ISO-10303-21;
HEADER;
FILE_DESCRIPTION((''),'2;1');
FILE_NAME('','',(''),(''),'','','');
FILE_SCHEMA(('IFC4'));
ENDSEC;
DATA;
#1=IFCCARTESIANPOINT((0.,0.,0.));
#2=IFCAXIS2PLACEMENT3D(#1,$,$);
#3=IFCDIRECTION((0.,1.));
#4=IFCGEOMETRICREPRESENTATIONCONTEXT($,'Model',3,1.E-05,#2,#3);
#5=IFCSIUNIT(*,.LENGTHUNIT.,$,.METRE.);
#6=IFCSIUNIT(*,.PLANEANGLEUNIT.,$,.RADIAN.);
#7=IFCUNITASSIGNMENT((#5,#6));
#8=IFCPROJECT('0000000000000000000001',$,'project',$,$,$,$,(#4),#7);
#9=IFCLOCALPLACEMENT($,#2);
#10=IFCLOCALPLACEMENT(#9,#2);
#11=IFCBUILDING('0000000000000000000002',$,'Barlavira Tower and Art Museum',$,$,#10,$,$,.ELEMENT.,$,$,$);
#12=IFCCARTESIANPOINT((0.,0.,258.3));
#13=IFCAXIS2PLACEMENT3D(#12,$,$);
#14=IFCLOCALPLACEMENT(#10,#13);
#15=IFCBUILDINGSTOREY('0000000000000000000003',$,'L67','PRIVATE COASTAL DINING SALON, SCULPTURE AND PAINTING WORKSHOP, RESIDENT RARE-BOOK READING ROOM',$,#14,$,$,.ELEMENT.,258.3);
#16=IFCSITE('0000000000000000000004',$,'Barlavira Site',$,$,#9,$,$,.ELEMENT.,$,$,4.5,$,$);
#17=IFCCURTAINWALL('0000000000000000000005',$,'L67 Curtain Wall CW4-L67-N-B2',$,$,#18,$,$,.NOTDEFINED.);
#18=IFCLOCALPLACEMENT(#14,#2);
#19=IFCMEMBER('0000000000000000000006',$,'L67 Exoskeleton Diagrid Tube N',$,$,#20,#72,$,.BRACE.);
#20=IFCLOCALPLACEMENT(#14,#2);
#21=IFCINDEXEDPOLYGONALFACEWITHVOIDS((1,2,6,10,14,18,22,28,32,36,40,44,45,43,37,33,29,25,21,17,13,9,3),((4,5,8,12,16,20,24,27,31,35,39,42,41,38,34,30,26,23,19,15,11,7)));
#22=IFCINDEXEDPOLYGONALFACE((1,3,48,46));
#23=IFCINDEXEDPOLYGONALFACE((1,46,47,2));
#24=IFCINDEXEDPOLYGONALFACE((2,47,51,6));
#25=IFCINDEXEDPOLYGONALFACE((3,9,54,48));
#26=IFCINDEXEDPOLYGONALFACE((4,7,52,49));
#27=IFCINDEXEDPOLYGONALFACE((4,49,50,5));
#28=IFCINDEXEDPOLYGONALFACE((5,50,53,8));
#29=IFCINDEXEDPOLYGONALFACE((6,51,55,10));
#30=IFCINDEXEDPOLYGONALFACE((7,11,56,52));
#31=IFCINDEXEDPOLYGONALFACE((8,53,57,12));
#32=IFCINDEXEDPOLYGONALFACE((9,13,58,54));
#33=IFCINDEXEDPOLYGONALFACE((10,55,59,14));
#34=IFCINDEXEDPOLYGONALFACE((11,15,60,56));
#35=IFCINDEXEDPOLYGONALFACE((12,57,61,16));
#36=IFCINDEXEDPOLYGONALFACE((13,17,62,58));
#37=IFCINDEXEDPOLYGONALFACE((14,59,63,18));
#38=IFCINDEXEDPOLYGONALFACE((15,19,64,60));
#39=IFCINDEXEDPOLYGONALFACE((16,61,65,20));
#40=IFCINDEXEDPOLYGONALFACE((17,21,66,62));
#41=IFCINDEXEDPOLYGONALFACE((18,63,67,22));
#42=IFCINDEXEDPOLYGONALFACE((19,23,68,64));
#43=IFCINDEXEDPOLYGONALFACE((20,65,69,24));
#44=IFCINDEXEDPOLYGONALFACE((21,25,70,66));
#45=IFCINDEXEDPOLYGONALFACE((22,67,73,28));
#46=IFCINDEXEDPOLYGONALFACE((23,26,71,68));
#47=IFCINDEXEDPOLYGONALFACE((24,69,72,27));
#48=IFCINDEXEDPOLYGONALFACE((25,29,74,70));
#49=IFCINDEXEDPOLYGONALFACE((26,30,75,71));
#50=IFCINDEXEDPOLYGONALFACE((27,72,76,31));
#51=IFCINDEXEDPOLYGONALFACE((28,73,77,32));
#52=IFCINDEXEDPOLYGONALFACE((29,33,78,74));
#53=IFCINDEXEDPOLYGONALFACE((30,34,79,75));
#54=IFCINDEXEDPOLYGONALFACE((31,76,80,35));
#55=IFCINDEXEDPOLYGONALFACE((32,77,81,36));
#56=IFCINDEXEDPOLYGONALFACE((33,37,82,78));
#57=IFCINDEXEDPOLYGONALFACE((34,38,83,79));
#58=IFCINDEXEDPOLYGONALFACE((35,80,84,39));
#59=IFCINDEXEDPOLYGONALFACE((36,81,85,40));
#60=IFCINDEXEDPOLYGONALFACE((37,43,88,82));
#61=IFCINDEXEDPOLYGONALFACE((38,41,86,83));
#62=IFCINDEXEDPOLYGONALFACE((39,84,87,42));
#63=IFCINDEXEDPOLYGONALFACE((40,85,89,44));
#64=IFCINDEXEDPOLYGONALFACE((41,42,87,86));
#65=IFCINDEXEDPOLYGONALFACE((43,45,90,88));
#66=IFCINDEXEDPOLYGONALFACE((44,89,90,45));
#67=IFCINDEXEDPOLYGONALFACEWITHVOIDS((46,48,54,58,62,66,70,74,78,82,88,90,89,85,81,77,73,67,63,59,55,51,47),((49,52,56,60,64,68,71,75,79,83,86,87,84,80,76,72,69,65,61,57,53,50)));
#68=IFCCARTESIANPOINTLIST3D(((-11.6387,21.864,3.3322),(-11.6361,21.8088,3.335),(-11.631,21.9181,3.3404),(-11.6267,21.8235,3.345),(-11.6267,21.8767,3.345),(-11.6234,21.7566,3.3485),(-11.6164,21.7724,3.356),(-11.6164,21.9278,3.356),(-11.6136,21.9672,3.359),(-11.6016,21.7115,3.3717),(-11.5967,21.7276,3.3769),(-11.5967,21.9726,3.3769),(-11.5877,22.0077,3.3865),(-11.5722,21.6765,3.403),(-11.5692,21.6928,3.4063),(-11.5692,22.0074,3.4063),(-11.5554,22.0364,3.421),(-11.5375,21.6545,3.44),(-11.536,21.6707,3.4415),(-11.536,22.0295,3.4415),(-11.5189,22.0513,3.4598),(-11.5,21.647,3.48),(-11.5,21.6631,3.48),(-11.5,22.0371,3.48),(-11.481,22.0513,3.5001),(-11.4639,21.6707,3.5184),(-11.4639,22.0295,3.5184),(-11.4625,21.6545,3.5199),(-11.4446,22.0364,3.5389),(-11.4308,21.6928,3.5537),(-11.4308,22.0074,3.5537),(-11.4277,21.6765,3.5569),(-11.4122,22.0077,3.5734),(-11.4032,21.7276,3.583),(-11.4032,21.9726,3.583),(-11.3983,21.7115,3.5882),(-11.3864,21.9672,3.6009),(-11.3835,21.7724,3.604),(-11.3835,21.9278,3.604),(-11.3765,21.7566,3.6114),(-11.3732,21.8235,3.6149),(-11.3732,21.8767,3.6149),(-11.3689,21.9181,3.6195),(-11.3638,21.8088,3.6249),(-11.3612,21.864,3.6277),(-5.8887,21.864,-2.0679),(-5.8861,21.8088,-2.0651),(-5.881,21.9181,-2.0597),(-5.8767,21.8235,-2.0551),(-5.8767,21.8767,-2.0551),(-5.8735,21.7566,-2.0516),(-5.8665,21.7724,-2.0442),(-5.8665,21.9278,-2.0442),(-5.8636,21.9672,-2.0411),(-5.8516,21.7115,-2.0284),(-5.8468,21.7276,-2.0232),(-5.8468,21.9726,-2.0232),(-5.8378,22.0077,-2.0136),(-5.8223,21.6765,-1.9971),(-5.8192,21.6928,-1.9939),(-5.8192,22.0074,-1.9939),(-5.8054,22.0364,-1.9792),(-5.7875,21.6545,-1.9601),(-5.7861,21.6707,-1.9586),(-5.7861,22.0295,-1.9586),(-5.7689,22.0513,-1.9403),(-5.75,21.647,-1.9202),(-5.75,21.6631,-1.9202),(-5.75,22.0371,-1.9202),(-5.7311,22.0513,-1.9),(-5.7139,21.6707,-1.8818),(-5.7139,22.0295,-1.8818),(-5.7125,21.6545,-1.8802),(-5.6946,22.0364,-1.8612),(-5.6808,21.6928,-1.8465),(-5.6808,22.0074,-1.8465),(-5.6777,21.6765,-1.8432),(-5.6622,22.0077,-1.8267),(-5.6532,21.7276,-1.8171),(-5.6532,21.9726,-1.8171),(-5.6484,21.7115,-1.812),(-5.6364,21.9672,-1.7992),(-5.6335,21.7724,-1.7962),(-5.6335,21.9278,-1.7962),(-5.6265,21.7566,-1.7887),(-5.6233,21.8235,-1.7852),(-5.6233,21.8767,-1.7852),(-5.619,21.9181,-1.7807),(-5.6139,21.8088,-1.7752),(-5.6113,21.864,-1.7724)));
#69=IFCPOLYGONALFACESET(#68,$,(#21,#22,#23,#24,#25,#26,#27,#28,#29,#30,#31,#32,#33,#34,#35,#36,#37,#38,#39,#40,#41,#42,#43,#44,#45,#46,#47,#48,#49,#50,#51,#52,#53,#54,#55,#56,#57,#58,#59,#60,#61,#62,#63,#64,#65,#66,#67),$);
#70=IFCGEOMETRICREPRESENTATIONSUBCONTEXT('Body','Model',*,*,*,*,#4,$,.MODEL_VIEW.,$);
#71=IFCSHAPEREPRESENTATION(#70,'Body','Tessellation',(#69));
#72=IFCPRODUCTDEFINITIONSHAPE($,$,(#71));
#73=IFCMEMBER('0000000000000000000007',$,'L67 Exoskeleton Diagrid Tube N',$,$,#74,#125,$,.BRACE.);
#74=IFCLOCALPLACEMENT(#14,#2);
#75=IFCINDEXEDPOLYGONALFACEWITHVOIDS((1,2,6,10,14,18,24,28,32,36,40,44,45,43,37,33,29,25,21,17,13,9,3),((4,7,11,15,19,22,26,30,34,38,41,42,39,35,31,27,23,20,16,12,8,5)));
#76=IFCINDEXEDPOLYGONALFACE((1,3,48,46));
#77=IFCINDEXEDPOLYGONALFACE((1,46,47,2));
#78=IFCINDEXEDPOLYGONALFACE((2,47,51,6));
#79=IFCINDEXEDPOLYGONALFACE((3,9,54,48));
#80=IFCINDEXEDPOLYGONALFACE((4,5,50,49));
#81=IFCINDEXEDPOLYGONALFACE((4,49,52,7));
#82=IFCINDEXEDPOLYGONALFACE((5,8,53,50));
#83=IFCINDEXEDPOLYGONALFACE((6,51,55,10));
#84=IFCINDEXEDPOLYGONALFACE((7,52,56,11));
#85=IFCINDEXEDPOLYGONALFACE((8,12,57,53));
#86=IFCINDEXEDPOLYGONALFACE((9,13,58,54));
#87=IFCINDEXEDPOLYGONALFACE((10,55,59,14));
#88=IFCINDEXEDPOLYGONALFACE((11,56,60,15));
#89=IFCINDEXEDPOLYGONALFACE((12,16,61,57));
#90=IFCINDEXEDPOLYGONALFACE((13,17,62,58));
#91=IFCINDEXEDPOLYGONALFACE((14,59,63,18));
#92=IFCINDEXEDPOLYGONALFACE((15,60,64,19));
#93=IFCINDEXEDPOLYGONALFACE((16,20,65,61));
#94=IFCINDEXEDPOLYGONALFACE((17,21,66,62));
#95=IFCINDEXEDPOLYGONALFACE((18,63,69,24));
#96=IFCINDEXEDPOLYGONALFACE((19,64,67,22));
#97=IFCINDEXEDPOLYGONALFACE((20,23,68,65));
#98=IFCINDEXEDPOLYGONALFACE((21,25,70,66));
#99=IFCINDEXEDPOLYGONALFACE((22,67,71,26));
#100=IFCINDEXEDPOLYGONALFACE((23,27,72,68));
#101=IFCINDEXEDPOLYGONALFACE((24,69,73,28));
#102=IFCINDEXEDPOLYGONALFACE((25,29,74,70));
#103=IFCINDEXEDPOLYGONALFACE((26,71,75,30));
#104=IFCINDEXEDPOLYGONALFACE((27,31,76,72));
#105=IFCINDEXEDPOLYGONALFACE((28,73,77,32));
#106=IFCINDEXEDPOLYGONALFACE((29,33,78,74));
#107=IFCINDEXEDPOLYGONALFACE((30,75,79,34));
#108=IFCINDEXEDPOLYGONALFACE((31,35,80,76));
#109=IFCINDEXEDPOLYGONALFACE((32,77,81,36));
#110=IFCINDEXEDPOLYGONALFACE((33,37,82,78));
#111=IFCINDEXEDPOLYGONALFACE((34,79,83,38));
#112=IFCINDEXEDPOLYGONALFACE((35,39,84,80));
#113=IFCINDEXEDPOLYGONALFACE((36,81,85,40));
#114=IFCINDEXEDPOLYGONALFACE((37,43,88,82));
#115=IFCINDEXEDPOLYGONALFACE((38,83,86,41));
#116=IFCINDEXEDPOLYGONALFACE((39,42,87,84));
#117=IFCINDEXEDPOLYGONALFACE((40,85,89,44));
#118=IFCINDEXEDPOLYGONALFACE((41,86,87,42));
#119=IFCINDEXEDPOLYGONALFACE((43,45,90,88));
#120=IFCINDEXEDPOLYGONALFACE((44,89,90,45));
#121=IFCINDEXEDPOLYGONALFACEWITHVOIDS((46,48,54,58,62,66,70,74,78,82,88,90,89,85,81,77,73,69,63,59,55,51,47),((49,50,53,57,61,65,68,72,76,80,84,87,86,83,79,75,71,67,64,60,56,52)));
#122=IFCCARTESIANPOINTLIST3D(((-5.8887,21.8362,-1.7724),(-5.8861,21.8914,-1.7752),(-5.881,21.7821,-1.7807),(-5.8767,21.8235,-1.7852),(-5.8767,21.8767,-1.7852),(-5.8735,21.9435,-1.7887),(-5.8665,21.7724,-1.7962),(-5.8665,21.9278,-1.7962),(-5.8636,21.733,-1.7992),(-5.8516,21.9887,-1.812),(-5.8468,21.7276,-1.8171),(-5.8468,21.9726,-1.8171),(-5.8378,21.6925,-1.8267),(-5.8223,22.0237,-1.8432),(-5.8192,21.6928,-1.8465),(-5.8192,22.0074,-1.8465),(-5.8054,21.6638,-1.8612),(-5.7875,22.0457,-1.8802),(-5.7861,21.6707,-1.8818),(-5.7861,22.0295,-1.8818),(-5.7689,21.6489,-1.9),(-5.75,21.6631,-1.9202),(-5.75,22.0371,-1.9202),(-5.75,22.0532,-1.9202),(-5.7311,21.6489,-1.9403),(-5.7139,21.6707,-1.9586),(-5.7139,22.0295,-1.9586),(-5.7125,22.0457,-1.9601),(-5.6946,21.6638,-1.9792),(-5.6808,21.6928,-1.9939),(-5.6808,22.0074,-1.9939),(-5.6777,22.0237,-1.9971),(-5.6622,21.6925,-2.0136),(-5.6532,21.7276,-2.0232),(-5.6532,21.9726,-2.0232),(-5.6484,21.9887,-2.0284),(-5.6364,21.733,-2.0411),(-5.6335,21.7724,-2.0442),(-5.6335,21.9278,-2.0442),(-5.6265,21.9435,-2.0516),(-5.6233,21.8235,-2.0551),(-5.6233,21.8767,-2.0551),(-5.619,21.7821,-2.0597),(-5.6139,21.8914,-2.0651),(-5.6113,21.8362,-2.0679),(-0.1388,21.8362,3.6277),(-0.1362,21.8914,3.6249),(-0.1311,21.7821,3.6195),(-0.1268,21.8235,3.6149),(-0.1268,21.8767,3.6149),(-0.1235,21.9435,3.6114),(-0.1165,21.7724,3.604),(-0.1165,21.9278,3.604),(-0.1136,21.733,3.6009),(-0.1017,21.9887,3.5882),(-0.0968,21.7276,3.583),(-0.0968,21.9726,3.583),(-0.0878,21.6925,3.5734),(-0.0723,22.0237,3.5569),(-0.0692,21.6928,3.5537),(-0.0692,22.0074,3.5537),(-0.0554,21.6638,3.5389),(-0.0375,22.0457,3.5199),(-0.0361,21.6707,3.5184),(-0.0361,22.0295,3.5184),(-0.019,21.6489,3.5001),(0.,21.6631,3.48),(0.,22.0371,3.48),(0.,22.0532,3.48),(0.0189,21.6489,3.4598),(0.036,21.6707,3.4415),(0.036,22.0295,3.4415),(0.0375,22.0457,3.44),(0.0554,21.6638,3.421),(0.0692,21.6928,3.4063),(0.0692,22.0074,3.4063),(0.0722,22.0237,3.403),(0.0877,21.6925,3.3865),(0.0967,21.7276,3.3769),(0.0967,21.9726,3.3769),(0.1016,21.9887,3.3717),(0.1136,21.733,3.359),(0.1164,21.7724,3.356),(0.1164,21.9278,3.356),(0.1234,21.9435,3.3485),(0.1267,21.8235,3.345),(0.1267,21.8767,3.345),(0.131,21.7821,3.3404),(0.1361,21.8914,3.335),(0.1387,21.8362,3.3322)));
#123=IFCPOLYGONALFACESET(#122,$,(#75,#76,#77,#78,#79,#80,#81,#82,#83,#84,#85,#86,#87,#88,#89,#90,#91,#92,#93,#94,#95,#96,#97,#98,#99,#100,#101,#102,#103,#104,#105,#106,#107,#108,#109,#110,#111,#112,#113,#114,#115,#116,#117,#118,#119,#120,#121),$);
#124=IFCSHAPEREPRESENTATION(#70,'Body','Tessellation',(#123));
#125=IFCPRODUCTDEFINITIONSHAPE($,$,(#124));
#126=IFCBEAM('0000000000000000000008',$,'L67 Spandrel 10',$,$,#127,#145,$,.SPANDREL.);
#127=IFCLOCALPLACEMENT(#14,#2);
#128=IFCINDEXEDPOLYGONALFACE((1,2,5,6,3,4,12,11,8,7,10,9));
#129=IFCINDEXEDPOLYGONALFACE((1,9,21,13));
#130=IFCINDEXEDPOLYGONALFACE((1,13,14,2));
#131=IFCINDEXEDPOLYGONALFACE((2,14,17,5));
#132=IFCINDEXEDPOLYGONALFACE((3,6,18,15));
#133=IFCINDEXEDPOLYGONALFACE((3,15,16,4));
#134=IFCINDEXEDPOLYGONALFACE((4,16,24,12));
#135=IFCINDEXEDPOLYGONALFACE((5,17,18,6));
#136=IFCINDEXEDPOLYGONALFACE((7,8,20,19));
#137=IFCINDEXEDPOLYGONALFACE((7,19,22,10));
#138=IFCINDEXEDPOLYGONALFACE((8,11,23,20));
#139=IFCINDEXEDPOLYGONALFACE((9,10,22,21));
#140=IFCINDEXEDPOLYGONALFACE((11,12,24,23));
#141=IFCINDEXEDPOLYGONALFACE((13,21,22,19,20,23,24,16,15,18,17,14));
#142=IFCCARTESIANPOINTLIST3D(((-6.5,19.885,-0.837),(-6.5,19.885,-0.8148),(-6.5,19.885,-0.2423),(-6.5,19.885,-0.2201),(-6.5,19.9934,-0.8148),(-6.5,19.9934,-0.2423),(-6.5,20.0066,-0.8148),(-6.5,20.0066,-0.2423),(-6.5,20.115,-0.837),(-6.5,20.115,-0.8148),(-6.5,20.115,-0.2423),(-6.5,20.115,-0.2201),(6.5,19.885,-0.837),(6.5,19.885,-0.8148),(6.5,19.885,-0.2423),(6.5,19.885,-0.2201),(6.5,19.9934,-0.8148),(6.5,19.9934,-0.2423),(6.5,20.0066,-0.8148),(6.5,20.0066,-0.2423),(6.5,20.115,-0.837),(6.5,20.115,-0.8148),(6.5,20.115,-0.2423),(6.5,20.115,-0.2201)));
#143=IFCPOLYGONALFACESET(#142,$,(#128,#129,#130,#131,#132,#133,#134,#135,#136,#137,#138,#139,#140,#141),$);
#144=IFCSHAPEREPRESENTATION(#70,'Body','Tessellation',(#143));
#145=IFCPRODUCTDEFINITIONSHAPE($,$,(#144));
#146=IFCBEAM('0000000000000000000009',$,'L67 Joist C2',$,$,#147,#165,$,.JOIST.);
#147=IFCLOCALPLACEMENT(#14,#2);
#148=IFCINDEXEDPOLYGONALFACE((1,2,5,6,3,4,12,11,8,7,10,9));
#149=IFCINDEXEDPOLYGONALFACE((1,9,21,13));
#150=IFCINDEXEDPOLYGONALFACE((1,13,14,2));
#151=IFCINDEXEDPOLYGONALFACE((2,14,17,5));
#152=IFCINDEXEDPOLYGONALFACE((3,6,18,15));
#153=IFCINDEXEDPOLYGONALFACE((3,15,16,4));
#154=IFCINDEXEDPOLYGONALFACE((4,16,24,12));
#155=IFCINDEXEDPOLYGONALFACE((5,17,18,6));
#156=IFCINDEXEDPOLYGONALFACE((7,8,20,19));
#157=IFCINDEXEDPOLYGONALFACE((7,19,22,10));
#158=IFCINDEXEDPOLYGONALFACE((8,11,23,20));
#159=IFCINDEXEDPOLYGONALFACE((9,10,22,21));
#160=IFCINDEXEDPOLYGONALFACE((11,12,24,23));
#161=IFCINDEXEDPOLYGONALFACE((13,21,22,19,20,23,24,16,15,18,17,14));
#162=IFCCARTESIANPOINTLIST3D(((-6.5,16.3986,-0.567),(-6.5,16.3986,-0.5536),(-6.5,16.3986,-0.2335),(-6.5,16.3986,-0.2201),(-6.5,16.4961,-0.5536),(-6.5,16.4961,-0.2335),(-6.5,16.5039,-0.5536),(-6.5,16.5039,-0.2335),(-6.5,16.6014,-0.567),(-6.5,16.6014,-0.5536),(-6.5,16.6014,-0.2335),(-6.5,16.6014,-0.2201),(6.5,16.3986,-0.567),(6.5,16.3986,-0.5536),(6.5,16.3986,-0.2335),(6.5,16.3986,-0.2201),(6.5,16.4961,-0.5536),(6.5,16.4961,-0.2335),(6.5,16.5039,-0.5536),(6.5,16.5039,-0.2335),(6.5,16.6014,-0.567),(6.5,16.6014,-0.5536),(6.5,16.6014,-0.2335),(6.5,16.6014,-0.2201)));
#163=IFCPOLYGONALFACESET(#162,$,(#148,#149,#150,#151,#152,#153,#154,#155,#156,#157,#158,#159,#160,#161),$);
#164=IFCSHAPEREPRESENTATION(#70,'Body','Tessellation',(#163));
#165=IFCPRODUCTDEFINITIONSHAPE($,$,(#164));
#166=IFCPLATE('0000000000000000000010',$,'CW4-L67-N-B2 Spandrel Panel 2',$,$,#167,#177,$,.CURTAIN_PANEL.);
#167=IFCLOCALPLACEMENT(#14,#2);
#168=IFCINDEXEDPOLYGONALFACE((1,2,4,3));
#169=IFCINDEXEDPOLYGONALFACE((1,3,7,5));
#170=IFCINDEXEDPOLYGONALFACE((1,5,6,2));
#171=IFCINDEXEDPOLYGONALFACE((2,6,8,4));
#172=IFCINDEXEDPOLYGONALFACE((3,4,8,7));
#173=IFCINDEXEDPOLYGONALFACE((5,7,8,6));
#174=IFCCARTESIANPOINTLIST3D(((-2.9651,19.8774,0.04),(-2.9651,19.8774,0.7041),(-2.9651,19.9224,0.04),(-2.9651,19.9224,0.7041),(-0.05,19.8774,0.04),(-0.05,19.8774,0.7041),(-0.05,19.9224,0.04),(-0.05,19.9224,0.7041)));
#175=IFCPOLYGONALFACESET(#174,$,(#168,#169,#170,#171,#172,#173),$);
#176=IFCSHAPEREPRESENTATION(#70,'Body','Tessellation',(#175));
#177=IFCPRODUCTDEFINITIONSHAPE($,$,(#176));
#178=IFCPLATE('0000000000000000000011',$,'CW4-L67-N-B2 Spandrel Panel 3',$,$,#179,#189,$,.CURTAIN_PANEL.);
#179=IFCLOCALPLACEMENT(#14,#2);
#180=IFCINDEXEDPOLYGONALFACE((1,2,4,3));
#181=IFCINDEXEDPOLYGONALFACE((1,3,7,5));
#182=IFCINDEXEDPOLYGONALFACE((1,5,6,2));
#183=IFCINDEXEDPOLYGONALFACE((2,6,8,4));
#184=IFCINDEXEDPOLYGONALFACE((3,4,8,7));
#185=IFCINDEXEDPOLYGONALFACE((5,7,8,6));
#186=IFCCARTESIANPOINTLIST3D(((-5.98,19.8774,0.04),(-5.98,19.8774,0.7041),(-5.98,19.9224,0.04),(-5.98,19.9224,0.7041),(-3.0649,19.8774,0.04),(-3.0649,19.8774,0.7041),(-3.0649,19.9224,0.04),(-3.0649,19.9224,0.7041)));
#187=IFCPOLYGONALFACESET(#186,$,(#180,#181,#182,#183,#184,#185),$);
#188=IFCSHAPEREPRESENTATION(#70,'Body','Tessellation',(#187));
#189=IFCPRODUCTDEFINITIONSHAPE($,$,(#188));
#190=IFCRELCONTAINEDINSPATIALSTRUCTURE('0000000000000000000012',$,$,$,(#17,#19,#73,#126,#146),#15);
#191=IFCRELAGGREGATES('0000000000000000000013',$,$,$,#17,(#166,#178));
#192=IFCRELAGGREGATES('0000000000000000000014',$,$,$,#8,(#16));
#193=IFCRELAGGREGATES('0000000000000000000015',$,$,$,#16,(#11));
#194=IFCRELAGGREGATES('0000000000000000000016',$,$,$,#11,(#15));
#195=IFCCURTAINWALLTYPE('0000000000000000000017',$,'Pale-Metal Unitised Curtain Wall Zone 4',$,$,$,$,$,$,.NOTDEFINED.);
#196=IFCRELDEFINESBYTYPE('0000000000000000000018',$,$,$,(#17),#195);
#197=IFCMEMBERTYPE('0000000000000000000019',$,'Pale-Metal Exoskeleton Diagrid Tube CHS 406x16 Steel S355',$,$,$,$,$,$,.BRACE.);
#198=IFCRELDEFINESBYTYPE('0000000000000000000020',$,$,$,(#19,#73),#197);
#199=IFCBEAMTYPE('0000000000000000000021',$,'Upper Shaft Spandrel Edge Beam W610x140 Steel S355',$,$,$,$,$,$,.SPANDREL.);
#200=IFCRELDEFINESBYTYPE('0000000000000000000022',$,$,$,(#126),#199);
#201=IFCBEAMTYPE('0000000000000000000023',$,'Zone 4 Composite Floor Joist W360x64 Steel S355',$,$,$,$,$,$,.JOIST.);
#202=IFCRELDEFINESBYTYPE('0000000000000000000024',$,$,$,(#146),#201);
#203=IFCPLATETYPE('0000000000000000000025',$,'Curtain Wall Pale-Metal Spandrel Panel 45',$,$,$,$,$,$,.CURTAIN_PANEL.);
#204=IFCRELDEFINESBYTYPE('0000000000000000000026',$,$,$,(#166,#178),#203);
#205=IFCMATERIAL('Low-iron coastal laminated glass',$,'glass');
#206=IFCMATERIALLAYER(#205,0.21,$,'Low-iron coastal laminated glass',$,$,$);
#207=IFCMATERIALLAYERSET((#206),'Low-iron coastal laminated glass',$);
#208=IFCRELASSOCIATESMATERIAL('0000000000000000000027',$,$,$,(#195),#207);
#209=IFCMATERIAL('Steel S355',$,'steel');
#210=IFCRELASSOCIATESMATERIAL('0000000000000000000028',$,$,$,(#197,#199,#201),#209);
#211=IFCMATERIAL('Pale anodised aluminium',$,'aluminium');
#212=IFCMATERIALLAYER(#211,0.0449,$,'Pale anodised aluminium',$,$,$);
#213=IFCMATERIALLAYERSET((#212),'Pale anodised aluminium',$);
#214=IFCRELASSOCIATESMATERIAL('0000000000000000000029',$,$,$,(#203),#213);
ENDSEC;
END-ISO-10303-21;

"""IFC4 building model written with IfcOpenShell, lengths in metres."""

from ifc_helpers import new_model, si_unit, direction, frame, origin, origin_2d, place, context, subcontext, project, spatial, rectangle, hollow_circle, i_section, extrude, material, layer, layer_set, material_profile, profile_set, type_object, element, aggregate, save


model = new_model("IFC4")

# Units and contexts
model_context = context("Model", 3, precision=1e-05, world=origin(), true_north=direction((0.0, 1.0)))
body_context = subcontext(model_context, "Body", "Model", "MODEL_VIEW")
ifc_project = project(units=[si_unit("LENGTHUNIT", "METRE"), si_unit("PLANEANGLEUNIT", "RADIAN")], contexts=[model_context])

# Site, building, storey
site_placement = place(None, origin())
site = spatial("IfcSite", under=ifc_project, at=site_placement, Name="Barlavira Site", CompositionType="ELEMENT", RefElevation=4.5)
building_placement = place(site_placement, origin())
building = spatial("IfcBuilding", under=site, at=building_placement, Name="Barlavira Tower and Art Museum", CompositionType="ELEMENT")
storey_placement = place(building_placement, frame((0.0, 0.0, 258.3)))
storey = spatial("IfcBuildingStorey", under=building, at=storey_placement, Name="L67", Description="PRIVATE COASTAL DINING SALON, SCULPTURE AND PAINTING WORKSHOP, RESIDENT RARE-BOOK READING ROOM", CompositionType="ELEMENT", Elevation=258.3)

# Curtain wall
ifc_material_1 = material(Name="Low-iron coastal laminated glass", Category="glass")
ifc_layer_1 = layer(ifc_material_1, 0.21, Name="Low-iron coastal laminated glass")
ifc_layer_set_1 = layer_set([ifc_layer_1], Name="Low-iron coastal laminated glass")
curtain_wall_type = type_object("IfcCurtainWallType", Name="Pale-Metal Unitised Curtain Wall Zone 4", PredefinedType="NOTDEFINED", material=ifc_layer_set_1)
curtain_wall_placement = place(storey_placement, origin())
curtain_wall = element("IfcCurtainWall", 1, at=curtain_wall_placement, inside=storey, type_object=curtain_wall_type, Name="L67 Curtain Wall CW4-L67-N-B2", PredefinedType="NOTDEFINED")
ifc_material_2 = material(Name="Pale anodised aluminium", Category="aluminium")

# Members
ifc_material_3 = material(Name="Steel S355", Category="steel")
ifc_material_profile_1 = material_profile(ifc_material_3, hollow_circle(Radius=0.2031, WallThickness=0.0161, at=origin_2d()), Name="CHS 406.4x16.0")
ifc_profile_set_1 = profile_set([ifc_material_profile_1], Name="Steel S355")
member_type_1 = type_object("IfcMemberType", Name="Pale-Metal Exoskeleton Diagrid Tube CHS 406x16 Steel S355", PredefinedType="BRACE", material=ifc_profile_set_1)
for number, where, z_axis, x_axis, name in (
    (2, (-5.75, 21.8501, -1.9202), (-0.728935, 0.0, 0.684583), (0.0, -1.0, 0.0), "L67 Exoskeleton Diagrid Tube N"),
    (3, (-5.75, 21.8501, -1.9202), (0.728935, 0.0, 0.684583), (0.0, 1.0, 0.0), "L67 Exoskeleton Diagrid Tube N"),
):
    element("IfcMember", number, at=place(storey_placement, frame(where, z_axis=z_axis, x_axis=x_axis)), inside=storey, type_object=member_type_1, Name=name, PredefinedType="BRACE", context=body_context, shape_type="SweptSolid", body=[
        extrude(hollow_circle(Radius=0.2031, WallThickness=0.0161, at=origin_2d()), origin(), (0.0, 0.0, 1.0), 7.8882),
    ])

# Beams
ifc_material_profile_2 = material_profile(ifc_material_3, i_section(OverallWidth=0.23, OverallDepth=0.6169, WebThickness=0.0132, FlangeThickness=0.0222, at=origin_2d()), Name="W610x140.0")
ifc_profile_set_2 = profile_set([ifc_material_profile_2], Name="Steel S355")
beam_type_1 = type_object("IfcBeamType", Name="Upper Shaft Spandrel Edge Beam W610x140 Steel S355", PredefinedType="SPANDREL", material=ifc_profile_set_2)
beam_1_placement = place(storey_placement, frame((-6.5, 20.0, -0.5286), z_axis=(1.0, 0.0, 0.0), x_axis=(0.0, 1.0, 0.0)))
element("IfcBeam", 4, at=beam_1_placement, inside=storey, type_object=beam_type_1, Name="L67 Spandrel 10", PredefinedType="SPANDREL", context=body_context, shape_type="SweptSolid", body=[
    extrude(i_section(OverallWidth=0.23, OverallDepth=0.6169, WebThickness=0.0132, FlangeThickness=0.0222, at=origin_2d()), origin(), (0.0, 0.0, 1.0), 13.0),
])
ifc_material_profile_3 = material_profile(ifc_material_3, i_section(OverallWidth=0.2029, OverallDepth=0.3469, WebThickness=0.0078, FlangeThickness=0.0134, at=origin_2d()), Name="W360x64.0")
ifc_profile_set_3 = profile_set([ifc_material_profile_3], Name="Steel S355")
beam_type_2 = type_object("IfcBeamType", Name="Zone 4 Composite Floor Joist W360x64 Steel S355", PredefinedType="JOIST", material=ifc_profile_set_3)
beam_2_placement = place(storey_placement, frame((-6.5, 16.5, -0.3936), z_axis=(1.0, 0.0, 0.0), x_axis=(0.0, 1.0, 0.0)))
element("IfcBeam", 5, at=beam_2_placement, inside=storey, type_object=beam_type_2, Name="L67 Joist C2", PredefinedType="JOIST", context=body_context, shape_type="SweptSolid", body=[
    extrude(i_section(OverallWidth=0.2029, OverallDepth=0.3469, WebThickness=0.0078, FlangeThickness=0.0134, at=origin_2d()), origin(), (0.0, 0.0, 1.0), 13.0),
])

# Plates
ifc_layer_2 = layer(ifc_material_2, 0.0449, Name="Pale anodised aluminium")
ifc_layer_set_2 = layer_set([ifc_layer_2], Name="Pale anodised aluminium")
plate_type_1 = type_object("IfcPlateType", Name="Curtain Wall Pale-Metal Spandrel Panel 45", PredefinedType="CURTAIN_PANEL", material=ifc_layer_set_2)
plate_1_placement = place(storey_placement, frame((-1.5076, 19.8999, 0.04), z_axis=(0.0, 0.0, 1.0), x_axis=(-1.0, 0.0, 0.0)))
plate_1 = element("IfcPlate", 6, at=plate_1_placement, type_object=plate_type_1, Name="CW4-L67-N-B2 Spandrel Panel 2", PredefinedType="CURTAIN_PANEL", context=body_context, shape_type="SweptSolid", body=[
    extrude(rectangle(XDim=2.915, YDim=0.0449, at=origin_2d()), origin(), (0.0, 0.0, 1.0), 0.6641),
])
plate_2_placement = place(storey_placement, frame((-4.5225, 19.8999, 0.04), z_axis=(0.0, 0.0, 1.0), x_axis=(-1.0, 0.0, 0.0)))
plate_2 = element("IfcPlate", 7, at=plate_2_placement, type_object=plate_type_1, Name="CW4-L67-N-B2 Spandrel Panel 3", PredefinedType="CURTAIN_PANEL", context=body_context, shape_type="SweptSolid", body=[
    extrude(rectangle(XDim=2.915, YDim=0.0449, at=origin_2d()), origin(), (0.0, 0.0, 1.0), 0.6641),
])
aggregate(curtain_wall, [plate_1, plate_2])

save(model, "model.ifc")
